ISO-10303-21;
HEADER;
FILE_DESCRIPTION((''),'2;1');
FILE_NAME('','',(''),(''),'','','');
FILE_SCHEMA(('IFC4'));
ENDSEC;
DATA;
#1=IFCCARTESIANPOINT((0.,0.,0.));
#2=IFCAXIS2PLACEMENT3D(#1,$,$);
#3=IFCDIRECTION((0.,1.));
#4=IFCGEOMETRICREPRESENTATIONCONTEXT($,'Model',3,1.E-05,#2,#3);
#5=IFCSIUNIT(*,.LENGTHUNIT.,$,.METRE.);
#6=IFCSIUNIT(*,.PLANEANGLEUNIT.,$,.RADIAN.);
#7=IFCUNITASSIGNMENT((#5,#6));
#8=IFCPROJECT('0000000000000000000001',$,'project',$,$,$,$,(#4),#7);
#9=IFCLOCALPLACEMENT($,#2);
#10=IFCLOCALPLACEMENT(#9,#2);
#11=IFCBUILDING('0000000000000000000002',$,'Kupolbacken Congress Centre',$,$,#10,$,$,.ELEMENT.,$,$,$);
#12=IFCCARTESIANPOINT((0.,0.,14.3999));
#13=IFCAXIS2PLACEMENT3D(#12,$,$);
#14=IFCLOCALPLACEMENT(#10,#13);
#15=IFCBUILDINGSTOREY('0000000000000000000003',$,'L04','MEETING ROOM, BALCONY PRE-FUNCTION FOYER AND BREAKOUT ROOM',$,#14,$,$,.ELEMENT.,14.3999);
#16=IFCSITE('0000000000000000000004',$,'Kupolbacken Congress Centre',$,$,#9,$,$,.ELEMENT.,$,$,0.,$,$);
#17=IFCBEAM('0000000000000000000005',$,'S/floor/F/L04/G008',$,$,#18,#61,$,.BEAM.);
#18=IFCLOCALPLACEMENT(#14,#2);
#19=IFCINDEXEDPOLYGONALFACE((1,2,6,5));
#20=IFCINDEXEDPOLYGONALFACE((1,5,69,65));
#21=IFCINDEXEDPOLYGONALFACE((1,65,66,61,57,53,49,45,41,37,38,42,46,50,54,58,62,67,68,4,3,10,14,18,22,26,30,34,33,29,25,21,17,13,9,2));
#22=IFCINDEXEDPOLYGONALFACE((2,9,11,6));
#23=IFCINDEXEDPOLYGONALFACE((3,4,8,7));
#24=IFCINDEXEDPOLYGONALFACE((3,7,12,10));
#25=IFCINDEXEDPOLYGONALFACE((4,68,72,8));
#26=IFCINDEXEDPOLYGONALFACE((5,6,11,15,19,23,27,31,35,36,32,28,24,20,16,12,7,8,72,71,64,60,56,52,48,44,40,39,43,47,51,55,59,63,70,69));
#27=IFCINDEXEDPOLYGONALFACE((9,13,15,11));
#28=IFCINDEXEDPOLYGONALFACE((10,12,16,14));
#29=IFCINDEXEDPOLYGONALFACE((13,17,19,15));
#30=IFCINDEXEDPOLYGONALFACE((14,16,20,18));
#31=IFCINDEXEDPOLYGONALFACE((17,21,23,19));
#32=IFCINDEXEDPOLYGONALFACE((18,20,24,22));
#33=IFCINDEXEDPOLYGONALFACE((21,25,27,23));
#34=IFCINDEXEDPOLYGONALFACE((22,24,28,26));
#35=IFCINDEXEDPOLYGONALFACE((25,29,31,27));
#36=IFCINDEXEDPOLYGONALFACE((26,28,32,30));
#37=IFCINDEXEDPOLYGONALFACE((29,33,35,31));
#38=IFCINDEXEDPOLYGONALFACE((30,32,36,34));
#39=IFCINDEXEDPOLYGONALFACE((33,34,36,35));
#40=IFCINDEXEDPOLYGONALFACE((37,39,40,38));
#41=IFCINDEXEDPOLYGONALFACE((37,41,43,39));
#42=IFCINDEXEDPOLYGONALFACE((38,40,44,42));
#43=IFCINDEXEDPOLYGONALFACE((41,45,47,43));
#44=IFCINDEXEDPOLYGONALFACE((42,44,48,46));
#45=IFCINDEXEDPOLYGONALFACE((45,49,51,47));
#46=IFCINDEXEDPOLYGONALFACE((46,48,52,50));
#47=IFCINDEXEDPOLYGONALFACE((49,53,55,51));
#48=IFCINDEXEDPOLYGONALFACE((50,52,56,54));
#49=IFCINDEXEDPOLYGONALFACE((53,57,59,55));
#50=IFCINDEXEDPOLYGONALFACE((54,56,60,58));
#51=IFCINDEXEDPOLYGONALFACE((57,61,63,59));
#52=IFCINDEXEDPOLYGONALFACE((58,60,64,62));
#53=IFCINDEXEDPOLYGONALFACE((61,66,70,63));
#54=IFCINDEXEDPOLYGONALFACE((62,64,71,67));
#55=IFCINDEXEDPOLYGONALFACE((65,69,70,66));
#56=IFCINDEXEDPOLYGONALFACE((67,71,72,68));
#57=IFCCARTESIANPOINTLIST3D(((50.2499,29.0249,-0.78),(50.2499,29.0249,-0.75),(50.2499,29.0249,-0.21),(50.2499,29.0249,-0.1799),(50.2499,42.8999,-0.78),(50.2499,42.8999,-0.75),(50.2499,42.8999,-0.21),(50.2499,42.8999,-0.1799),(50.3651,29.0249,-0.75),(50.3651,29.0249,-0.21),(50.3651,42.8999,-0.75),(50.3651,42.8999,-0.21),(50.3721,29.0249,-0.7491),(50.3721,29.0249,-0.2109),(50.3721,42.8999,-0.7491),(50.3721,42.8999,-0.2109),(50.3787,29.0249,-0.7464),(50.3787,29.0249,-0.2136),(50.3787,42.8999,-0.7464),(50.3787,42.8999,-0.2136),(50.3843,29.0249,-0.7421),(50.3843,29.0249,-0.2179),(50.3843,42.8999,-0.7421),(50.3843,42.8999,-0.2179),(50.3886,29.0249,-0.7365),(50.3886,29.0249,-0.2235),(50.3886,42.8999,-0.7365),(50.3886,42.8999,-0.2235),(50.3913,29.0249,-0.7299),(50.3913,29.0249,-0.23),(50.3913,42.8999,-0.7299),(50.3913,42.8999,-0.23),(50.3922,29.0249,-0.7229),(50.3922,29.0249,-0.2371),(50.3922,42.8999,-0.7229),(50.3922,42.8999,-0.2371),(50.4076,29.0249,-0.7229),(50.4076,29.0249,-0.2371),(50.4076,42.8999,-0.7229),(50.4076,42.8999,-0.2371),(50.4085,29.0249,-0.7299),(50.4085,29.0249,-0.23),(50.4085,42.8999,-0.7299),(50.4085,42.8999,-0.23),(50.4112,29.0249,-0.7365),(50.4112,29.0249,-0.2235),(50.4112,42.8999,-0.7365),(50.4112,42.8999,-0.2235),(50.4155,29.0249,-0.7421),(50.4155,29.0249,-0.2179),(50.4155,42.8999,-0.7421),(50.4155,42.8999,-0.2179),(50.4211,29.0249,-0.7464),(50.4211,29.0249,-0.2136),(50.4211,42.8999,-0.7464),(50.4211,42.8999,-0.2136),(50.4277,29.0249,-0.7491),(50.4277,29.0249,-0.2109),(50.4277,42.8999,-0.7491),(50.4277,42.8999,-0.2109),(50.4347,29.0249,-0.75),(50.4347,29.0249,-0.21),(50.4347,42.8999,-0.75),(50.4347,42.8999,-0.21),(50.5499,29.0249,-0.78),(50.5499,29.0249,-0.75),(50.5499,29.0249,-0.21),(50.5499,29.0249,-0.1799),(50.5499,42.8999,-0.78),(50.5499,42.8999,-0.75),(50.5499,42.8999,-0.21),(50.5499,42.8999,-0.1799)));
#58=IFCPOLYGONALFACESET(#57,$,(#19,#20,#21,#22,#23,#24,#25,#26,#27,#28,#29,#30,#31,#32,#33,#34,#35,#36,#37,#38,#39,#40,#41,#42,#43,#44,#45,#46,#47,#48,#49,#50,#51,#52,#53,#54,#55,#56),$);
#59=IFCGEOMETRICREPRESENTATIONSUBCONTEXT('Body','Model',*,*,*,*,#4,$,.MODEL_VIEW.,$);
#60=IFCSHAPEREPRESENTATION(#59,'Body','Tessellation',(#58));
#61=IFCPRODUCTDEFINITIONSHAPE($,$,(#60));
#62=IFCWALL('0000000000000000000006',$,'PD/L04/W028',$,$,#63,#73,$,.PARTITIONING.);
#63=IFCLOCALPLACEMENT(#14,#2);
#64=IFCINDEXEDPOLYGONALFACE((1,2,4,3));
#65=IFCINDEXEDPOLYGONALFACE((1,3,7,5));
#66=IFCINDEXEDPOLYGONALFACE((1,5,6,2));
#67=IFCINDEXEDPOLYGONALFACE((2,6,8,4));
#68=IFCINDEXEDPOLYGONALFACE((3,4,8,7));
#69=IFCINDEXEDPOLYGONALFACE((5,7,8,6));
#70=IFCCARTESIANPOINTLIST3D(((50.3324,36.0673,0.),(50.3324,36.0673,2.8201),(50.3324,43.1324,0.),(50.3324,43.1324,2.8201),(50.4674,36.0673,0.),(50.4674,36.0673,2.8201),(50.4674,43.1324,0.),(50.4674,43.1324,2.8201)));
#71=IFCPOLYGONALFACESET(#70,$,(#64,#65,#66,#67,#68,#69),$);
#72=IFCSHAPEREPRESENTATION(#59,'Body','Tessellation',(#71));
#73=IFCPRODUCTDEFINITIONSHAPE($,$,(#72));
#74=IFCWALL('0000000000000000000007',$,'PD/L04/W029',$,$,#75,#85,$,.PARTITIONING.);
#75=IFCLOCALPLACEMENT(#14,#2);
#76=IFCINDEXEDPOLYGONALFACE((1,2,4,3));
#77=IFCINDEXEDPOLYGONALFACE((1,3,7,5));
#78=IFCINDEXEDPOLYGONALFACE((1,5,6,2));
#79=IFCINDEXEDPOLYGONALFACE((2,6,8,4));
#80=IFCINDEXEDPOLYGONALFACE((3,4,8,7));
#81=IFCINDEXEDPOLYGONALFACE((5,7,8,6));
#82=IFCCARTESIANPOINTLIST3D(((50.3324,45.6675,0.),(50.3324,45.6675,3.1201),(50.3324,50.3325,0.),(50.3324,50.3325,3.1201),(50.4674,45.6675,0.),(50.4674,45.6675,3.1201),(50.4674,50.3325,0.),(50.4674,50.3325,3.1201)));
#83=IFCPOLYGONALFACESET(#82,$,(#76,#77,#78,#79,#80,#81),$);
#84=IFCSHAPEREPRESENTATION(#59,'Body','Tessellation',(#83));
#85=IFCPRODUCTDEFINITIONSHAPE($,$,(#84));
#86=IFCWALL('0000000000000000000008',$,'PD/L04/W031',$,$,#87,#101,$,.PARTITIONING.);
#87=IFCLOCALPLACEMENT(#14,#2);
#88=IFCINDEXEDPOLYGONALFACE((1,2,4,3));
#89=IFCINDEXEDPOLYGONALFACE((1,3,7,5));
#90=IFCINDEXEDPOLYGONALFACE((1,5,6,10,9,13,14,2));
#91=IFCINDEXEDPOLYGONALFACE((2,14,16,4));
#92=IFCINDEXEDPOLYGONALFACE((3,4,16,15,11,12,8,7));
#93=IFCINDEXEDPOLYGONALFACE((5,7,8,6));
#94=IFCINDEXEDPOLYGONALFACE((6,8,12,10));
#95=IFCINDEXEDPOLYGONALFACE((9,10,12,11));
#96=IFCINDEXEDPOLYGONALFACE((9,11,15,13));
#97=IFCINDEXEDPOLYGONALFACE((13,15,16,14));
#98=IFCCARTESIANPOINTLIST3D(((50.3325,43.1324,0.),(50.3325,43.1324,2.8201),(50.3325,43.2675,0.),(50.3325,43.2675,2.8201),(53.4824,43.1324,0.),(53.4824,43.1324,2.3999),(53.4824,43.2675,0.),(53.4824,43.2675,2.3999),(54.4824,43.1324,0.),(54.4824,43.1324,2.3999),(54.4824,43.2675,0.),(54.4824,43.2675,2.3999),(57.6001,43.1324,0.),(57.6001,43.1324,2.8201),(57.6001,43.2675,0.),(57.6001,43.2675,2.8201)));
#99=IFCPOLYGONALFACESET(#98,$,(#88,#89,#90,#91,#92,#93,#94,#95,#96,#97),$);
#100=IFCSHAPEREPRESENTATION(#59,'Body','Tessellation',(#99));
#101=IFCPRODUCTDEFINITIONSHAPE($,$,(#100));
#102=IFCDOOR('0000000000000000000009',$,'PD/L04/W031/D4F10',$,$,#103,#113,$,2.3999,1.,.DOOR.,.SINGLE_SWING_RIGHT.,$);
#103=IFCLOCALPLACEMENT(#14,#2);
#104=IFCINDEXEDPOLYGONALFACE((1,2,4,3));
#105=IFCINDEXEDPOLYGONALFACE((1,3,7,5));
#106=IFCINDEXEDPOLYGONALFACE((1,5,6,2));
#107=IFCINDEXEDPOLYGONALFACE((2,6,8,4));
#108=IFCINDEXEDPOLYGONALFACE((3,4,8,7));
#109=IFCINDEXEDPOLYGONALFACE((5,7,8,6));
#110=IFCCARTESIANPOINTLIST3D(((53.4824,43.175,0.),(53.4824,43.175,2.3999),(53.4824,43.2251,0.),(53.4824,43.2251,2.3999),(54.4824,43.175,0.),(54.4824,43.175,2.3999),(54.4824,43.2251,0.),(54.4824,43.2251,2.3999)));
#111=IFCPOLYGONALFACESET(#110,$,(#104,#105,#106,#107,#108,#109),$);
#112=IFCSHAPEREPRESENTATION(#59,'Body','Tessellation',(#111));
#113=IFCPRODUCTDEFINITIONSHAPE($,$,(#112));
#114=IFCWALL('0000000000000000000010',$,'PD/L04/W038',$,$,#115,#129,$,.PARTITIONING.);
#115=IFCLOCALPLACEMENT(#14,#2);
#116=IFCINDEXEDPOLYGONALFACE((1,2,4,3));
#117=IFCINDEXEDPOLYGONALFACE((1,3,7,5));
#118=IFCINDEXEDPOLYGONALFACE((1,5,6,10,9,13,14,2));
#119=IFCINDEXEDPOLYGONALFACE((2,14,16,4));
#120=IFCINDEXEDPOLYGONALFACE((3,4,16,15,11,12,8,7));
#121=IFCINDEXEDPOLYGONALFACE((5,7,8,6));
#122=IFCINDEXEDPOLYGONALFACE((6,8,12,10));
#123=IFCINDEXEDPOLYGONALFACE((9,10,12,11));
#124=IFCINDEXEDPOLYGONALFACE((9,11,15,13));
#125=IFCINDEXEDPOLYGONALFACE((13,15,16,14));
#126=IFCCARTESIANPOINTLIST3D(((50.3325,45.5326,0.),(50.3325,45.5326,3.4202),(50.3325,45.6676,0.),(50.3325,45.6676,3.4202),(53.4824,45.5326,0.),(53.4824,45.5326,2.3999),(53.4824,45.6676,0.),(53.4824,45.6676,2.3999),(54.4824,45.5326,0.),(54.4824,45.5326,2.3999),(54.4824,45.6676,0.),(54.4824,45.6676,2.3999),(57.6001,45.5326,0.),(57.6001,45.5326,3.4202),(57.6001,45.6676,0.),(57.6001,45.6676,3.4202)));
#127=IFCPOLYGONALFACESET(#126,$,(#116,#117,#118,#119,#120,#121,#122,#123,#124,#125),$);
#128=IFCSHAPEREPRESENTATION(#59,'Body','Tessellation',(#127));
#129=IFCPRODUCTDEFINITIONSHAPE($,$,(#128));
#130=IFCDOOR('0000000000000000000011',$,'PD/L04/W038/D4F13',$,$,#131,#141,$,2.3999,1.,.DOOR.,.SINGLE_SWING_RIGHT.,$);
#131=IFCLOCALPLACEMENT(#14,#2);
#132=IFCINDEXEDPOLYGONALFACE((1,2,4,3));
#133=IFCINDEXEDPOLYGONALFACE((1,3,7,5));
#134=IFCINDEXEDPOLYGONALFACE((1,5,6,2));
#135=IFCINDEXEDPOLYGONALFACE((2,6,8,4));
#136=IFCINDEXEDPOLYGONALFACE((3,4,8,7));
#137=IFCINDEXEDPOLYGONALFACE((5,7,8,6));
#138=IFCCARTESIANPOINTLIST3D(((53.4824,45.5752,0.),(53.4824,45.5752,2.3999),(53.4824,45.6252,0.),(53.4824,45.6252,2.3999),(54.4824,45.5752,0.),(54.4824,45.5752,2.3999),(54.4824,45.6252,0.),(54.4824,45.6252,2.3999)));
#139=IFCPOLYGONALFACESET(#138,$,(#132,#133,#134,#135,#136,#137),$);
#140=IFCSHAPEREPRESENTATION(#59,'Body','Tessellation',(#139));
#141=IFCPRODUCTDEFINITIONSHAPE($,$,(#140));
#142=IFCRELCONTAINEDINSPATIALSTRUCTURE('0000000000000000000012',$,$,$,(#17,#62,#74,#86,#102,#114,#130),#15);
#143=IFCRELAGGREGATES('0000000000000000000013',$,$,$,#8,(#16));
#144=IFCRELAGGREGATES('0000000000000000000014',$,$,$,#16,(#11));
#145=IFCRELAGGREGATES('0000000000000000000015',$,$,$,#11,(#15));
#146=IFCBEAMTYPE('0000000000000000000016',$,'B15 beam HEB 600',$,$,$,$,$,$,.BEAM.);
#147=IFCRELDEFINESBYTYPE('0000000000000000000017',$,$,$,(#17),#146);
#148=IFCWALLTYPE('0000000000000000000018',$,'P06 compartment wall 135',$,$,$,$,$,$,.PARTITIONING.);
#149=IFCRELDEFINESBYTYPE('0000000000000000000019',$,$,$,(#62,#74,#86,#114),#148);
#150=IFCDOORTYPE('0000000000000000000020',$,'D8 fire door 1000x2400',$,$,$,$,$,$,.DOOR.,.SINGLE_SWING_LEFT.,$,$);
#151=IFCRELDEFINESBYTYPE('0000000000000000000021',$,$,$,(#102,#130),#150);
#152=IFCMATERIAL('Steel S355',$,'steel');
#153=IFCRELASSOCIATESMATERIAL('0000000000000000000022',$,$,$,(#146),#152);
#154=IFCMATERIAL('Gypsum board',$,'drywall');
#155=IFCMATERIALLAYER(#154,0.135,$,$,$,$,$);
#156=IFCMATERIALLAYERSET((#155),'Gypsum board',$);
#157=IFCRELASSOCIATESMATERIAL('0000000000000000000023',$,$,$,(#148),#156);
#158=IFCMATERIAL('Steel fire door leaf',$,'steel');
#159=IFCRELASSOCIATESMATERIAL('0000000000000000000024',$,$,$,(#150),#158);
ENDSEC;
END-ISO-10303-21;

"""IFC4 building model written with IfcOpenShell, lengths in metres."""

from ifc_helpers import new_model, si_unit, direction, frame, frame_2d, origin, origin_2d, place, context, subcontext, project, spatial, rectangle, i_section, extrude, material, layer, layer_set, material_profile, profile_set, type_object, element, fill, save


model = new_model("IFC4")

# Units and contexts
model_context = context("Model", 3, precision=1e-05, world=origin(), true_north=direction((0.0, 1.0)))
body_context = subcontext(model_context, "Body", "Model", "MODEL_VIEW")
ifc_project = project(units=[si_unit("LENGTHUNIT", "METRE"), si_unit("PLANEANGLEUNIT", "RADIAN")], contexts=[model_context])

# Site, building, storey
site_placement = place(None, origin())
site = spatial("IfcSite", under=ifc_project, at=site_placement, Name="Kupolbacken Congress Centre", CompositionType="ELEMENT", RefElevation=0.0)
building_placement = place(site_placement, origin())
building = spatial("IfcBuilding", under=site, at=building_placement, Name="Kupolbacken Congress Centre", CompositionType="ELEMENT")
storey_placement = place(building_placement, frame((0.0, 0.0, 14.3999)))
storey = spatial("IfcBuildingStorey", under=building, at=storey_placement, Name="L04", Description="MEETING ROOM, BALCONY PRE-FUNCTION FOYER AND BREAKOUT ROOM", CompositionType="ELEMENT", Elevation=14.3999)

# Beam
ifc_material_1 = material(Name="Steel S355", Category="steel")
ifc_material_profile_1 = material_profile(ifc_material_1, i_section(OverallWidth=0.3, OverallDepth=0.6001, WebThickness=0.0154, FlangeThickness=0.03, FilletRadius=0.0271, at=origin_2d()), Name="HEB 600")
ifc_profile_set_1 = profile_set([ifc_material_profile_1], Name="Steel S355")
beam_type_1 = type_object("IfcBeamType", Name="B15 beam HEB 600", PredefinedType="BEAM", material=ifc_profile_set_1)
beam_1_placement = place(storey_placement, frame((50.3999, 29.0249, -0.48), z_axis=(0.0, 1.0, 0.0), x_axis=(-1.0, 0.0, 0.0)))
element("IfcBeam", 1, at=beam_1_placement, inside=storey, type_object=beam_type_1, Name="S/floor/F/L04/G008", PredefinedType="BEAM", context=body_context, shape_type="SweptSolid", body=[
    extrude(i_section(OverallWidth=0.3, OverallDepth=0.6001, WebThickness=0.0154, FlangeThickness=0.03, FilletRadius=0.0271, at=origin_2d()), origin(), (0.0, 0.0, 1.0), 13.875),
])

# Walls
ifc_material_2 = material(Name="Gypsum board", Category="drywall")
ifc_layer = layer(ifc_material_2, 0.135)
ifc_layer_set = layer_set([ifc_layer], Name="Gypsum board")
wall_type = type_object("IfcWallType", Name="P06 compartment wall 135", PredefinedType="PARTITIONING", material=ifc_layer_set)
wall_1_placement = place(storey_placement, frame((50.3999, 43.1326, 0.0), z_axis=(0.0, 0.0, 1.0), x_axis=(0.0, -1.0, 0.0)))
element("IfcWall", 2, at=wall_1_placement, inside=storey, type_object=wall_type, Name="PD/L04/W028", PredefinedType="PARTITIONING", context=body_context, shape_type="SweptSolid", body=[
    extrude(rectangle(XDim=7.0652, YDim=0.135, at=frame_2d((3.5327, 0.0))), origin(), (0.0, 0.0, 1.0), 2.8201),
])
wall_2_placement = place(storey_placement, frame((50.3999, 50.3325, 0.0), z_axis=(0.0, 0.0, 1.0), x_axis=(0.0, -1.0, 0.0)))
element("IfcWall", 3, at=wall_2_placement, inside=storey, type_object=wall_type, Name="PD/L04/W029", PredefinedType="PARTITIONING", context=body_context, shape_type="SweptSolid", body=[
    extrude(rectangle(XDim=4.665, YDim=0.135, at=frame_2d((2.3325, 0.0))), origin(), (0.0, 0.0, 1.0), 3.1201),
])

# Walls, openings, doors
wall_3_placement = place(storey_placement, frame((50.3325, 43.2, 0.0), z_axis=(0.0, 0.0, 1.0), x_axis=(1.0, 0.0, 0.0)))
wall_3 = element("IfcWall", 4, at=wall_3_placement, inside=storey, type_object=wall_type, Name="PD/L04/W031", PredefinedType="PARTITIONING", context=body_context, shape_type="SweptSolid", body=[
    extrude(rectangle(XDim=7.2676, YDim=0.135, at=frame_2d((3.6338, 0.0))), origin(), (0.0, 0.0, 1.0), 2.8201),
])
opening_1_placement = place(wall_3_placement, frame((3.1499, 0.0, 0.0)))
opening_1 = element("IfcOpeningElement", 5, at=opening_1_placement, cuts=wall_3, PredefinedType="OPENING", context=body_context, shape_type="SweptSolid", body=[
    extrude(rectangle(XDim=1.0, YDim=2.3999, at=frame_2d((0.5, 1.2))), frame((0.0, 0.0774, 0.0), z_axis=(0.0, -1.0, 0.0), x_axis=(1.0, 0.0, 0.0)), (0.0, 0.0, 1.0), 0.155),
])
ifc_material_3 = material(Name="Steel fire door leaf", Category="steel")
door_type = type_object("IfcDoorType", Name="D8 fire door 1000x2400", OperationType="SINGLE_SWING_LEFT", PredefinedType="DOOR", material=ifc_material_3)
door_1_placement = place(opening_1_placement, frame((1.0, 0.0, 0.0), z_axis=(0.0, 0.0, 1.0), x_axis=(-1.0, 0.0, 0.0)))
door_1 = element("IfcDoor", 6, at=door_1_placement, inside=storey, type_object=door_type, Name="PD/L04/W031/D4F10", OperationType="SINGLE_SWING_RIGHT", OverallHeight=2.3999, OverallWidth=1.0, PredefinedType="DOOR", context=body_context, shape_type="SweptSolid", body=[
    extrude(rectangle(XDim=1.0, YDim=2.3999, at=frame_2d((0.5, 1.2))), frame((0.0, 0.0249, 0.0), z_axis=(0.0, -1.0, 0.0), x_axis=(1.0, 0.0, 0.0)), (0.0, 0.0, 1.0), 0.05),
])
fill(opening_1, door_1)
wall_4_placement = place(storey_placement, frame((50.3325, 45.6001, 0.0), z_axis=(0.0, 0.0, 1.0), x_axis=(1.0, 0.0, 0.0)))
wall_4 = element("IfcWall", 7, at=wall_4_placement, inside=storey, type_object=wall_type, Name="PD/L04/W038", PredefinedType="PARTITIONING", context=body_context, shape_type="SweptSolid", body=[
    extrude(rectangle(XDim=7.2676, YDim=0.135, at=frame_2d((3.6338, 0.0))), origin(), (0.0, 0.0, 1.0), 3.4202),
])
opening_2_placement = place(wall_4_placement, frame((3.1499, 0.0, 0.0)))
opening_2 = element("IfcOpeningElement", 8, at=opening_2_placement, cuts=wall_4, PredefinedType="OPENING", context=body_context, shape_type="SweptSolid", body=[
    extrude(rectangle(XDim=1.0, YDim=2.3999, at=frame_2d((0.5, 1.2))), frame((0.0, 0.0774, 0.0), z_axis=(0.0, -1.0, 0.0), x_axis=(1.0, 0.0, 0.0)), (0.0, 0.0, 1.0), 0.155),
])
door_2_placement = place(opening_2_placement, frame((1.0, 0.0, 0.0), z_axis=(0.0, 0.0, 1.0), x_axis=(-1.0, 0.0, 0.0)))
door_2 = element("IfcDoor", 9, at=door_2_placement, inside=storey, type_object=door_type, Name="PD/L04/W038/D4F13", OperationType="SINGLE_SWING_RIGHT", OverallHeight=2.3999, OverallWidth=1.0, PredefinedType="DOOR", context=body_context, shape_type="SweptSolid", body=[
    extrude(rectangle(XDim=1.0, YDim=2.3999, at=frame_2d((0.5, 1.2))), frame((0.0, 0.0249, 0.0), z_axis=(0.0, -1.0, 0.0), x_axis=(1.0, 0.0, 0.0)), (0.0, 0.0, 1.0), 0.05),
])
fill(opening_2, door_2)

save(model, "model.ifc")
